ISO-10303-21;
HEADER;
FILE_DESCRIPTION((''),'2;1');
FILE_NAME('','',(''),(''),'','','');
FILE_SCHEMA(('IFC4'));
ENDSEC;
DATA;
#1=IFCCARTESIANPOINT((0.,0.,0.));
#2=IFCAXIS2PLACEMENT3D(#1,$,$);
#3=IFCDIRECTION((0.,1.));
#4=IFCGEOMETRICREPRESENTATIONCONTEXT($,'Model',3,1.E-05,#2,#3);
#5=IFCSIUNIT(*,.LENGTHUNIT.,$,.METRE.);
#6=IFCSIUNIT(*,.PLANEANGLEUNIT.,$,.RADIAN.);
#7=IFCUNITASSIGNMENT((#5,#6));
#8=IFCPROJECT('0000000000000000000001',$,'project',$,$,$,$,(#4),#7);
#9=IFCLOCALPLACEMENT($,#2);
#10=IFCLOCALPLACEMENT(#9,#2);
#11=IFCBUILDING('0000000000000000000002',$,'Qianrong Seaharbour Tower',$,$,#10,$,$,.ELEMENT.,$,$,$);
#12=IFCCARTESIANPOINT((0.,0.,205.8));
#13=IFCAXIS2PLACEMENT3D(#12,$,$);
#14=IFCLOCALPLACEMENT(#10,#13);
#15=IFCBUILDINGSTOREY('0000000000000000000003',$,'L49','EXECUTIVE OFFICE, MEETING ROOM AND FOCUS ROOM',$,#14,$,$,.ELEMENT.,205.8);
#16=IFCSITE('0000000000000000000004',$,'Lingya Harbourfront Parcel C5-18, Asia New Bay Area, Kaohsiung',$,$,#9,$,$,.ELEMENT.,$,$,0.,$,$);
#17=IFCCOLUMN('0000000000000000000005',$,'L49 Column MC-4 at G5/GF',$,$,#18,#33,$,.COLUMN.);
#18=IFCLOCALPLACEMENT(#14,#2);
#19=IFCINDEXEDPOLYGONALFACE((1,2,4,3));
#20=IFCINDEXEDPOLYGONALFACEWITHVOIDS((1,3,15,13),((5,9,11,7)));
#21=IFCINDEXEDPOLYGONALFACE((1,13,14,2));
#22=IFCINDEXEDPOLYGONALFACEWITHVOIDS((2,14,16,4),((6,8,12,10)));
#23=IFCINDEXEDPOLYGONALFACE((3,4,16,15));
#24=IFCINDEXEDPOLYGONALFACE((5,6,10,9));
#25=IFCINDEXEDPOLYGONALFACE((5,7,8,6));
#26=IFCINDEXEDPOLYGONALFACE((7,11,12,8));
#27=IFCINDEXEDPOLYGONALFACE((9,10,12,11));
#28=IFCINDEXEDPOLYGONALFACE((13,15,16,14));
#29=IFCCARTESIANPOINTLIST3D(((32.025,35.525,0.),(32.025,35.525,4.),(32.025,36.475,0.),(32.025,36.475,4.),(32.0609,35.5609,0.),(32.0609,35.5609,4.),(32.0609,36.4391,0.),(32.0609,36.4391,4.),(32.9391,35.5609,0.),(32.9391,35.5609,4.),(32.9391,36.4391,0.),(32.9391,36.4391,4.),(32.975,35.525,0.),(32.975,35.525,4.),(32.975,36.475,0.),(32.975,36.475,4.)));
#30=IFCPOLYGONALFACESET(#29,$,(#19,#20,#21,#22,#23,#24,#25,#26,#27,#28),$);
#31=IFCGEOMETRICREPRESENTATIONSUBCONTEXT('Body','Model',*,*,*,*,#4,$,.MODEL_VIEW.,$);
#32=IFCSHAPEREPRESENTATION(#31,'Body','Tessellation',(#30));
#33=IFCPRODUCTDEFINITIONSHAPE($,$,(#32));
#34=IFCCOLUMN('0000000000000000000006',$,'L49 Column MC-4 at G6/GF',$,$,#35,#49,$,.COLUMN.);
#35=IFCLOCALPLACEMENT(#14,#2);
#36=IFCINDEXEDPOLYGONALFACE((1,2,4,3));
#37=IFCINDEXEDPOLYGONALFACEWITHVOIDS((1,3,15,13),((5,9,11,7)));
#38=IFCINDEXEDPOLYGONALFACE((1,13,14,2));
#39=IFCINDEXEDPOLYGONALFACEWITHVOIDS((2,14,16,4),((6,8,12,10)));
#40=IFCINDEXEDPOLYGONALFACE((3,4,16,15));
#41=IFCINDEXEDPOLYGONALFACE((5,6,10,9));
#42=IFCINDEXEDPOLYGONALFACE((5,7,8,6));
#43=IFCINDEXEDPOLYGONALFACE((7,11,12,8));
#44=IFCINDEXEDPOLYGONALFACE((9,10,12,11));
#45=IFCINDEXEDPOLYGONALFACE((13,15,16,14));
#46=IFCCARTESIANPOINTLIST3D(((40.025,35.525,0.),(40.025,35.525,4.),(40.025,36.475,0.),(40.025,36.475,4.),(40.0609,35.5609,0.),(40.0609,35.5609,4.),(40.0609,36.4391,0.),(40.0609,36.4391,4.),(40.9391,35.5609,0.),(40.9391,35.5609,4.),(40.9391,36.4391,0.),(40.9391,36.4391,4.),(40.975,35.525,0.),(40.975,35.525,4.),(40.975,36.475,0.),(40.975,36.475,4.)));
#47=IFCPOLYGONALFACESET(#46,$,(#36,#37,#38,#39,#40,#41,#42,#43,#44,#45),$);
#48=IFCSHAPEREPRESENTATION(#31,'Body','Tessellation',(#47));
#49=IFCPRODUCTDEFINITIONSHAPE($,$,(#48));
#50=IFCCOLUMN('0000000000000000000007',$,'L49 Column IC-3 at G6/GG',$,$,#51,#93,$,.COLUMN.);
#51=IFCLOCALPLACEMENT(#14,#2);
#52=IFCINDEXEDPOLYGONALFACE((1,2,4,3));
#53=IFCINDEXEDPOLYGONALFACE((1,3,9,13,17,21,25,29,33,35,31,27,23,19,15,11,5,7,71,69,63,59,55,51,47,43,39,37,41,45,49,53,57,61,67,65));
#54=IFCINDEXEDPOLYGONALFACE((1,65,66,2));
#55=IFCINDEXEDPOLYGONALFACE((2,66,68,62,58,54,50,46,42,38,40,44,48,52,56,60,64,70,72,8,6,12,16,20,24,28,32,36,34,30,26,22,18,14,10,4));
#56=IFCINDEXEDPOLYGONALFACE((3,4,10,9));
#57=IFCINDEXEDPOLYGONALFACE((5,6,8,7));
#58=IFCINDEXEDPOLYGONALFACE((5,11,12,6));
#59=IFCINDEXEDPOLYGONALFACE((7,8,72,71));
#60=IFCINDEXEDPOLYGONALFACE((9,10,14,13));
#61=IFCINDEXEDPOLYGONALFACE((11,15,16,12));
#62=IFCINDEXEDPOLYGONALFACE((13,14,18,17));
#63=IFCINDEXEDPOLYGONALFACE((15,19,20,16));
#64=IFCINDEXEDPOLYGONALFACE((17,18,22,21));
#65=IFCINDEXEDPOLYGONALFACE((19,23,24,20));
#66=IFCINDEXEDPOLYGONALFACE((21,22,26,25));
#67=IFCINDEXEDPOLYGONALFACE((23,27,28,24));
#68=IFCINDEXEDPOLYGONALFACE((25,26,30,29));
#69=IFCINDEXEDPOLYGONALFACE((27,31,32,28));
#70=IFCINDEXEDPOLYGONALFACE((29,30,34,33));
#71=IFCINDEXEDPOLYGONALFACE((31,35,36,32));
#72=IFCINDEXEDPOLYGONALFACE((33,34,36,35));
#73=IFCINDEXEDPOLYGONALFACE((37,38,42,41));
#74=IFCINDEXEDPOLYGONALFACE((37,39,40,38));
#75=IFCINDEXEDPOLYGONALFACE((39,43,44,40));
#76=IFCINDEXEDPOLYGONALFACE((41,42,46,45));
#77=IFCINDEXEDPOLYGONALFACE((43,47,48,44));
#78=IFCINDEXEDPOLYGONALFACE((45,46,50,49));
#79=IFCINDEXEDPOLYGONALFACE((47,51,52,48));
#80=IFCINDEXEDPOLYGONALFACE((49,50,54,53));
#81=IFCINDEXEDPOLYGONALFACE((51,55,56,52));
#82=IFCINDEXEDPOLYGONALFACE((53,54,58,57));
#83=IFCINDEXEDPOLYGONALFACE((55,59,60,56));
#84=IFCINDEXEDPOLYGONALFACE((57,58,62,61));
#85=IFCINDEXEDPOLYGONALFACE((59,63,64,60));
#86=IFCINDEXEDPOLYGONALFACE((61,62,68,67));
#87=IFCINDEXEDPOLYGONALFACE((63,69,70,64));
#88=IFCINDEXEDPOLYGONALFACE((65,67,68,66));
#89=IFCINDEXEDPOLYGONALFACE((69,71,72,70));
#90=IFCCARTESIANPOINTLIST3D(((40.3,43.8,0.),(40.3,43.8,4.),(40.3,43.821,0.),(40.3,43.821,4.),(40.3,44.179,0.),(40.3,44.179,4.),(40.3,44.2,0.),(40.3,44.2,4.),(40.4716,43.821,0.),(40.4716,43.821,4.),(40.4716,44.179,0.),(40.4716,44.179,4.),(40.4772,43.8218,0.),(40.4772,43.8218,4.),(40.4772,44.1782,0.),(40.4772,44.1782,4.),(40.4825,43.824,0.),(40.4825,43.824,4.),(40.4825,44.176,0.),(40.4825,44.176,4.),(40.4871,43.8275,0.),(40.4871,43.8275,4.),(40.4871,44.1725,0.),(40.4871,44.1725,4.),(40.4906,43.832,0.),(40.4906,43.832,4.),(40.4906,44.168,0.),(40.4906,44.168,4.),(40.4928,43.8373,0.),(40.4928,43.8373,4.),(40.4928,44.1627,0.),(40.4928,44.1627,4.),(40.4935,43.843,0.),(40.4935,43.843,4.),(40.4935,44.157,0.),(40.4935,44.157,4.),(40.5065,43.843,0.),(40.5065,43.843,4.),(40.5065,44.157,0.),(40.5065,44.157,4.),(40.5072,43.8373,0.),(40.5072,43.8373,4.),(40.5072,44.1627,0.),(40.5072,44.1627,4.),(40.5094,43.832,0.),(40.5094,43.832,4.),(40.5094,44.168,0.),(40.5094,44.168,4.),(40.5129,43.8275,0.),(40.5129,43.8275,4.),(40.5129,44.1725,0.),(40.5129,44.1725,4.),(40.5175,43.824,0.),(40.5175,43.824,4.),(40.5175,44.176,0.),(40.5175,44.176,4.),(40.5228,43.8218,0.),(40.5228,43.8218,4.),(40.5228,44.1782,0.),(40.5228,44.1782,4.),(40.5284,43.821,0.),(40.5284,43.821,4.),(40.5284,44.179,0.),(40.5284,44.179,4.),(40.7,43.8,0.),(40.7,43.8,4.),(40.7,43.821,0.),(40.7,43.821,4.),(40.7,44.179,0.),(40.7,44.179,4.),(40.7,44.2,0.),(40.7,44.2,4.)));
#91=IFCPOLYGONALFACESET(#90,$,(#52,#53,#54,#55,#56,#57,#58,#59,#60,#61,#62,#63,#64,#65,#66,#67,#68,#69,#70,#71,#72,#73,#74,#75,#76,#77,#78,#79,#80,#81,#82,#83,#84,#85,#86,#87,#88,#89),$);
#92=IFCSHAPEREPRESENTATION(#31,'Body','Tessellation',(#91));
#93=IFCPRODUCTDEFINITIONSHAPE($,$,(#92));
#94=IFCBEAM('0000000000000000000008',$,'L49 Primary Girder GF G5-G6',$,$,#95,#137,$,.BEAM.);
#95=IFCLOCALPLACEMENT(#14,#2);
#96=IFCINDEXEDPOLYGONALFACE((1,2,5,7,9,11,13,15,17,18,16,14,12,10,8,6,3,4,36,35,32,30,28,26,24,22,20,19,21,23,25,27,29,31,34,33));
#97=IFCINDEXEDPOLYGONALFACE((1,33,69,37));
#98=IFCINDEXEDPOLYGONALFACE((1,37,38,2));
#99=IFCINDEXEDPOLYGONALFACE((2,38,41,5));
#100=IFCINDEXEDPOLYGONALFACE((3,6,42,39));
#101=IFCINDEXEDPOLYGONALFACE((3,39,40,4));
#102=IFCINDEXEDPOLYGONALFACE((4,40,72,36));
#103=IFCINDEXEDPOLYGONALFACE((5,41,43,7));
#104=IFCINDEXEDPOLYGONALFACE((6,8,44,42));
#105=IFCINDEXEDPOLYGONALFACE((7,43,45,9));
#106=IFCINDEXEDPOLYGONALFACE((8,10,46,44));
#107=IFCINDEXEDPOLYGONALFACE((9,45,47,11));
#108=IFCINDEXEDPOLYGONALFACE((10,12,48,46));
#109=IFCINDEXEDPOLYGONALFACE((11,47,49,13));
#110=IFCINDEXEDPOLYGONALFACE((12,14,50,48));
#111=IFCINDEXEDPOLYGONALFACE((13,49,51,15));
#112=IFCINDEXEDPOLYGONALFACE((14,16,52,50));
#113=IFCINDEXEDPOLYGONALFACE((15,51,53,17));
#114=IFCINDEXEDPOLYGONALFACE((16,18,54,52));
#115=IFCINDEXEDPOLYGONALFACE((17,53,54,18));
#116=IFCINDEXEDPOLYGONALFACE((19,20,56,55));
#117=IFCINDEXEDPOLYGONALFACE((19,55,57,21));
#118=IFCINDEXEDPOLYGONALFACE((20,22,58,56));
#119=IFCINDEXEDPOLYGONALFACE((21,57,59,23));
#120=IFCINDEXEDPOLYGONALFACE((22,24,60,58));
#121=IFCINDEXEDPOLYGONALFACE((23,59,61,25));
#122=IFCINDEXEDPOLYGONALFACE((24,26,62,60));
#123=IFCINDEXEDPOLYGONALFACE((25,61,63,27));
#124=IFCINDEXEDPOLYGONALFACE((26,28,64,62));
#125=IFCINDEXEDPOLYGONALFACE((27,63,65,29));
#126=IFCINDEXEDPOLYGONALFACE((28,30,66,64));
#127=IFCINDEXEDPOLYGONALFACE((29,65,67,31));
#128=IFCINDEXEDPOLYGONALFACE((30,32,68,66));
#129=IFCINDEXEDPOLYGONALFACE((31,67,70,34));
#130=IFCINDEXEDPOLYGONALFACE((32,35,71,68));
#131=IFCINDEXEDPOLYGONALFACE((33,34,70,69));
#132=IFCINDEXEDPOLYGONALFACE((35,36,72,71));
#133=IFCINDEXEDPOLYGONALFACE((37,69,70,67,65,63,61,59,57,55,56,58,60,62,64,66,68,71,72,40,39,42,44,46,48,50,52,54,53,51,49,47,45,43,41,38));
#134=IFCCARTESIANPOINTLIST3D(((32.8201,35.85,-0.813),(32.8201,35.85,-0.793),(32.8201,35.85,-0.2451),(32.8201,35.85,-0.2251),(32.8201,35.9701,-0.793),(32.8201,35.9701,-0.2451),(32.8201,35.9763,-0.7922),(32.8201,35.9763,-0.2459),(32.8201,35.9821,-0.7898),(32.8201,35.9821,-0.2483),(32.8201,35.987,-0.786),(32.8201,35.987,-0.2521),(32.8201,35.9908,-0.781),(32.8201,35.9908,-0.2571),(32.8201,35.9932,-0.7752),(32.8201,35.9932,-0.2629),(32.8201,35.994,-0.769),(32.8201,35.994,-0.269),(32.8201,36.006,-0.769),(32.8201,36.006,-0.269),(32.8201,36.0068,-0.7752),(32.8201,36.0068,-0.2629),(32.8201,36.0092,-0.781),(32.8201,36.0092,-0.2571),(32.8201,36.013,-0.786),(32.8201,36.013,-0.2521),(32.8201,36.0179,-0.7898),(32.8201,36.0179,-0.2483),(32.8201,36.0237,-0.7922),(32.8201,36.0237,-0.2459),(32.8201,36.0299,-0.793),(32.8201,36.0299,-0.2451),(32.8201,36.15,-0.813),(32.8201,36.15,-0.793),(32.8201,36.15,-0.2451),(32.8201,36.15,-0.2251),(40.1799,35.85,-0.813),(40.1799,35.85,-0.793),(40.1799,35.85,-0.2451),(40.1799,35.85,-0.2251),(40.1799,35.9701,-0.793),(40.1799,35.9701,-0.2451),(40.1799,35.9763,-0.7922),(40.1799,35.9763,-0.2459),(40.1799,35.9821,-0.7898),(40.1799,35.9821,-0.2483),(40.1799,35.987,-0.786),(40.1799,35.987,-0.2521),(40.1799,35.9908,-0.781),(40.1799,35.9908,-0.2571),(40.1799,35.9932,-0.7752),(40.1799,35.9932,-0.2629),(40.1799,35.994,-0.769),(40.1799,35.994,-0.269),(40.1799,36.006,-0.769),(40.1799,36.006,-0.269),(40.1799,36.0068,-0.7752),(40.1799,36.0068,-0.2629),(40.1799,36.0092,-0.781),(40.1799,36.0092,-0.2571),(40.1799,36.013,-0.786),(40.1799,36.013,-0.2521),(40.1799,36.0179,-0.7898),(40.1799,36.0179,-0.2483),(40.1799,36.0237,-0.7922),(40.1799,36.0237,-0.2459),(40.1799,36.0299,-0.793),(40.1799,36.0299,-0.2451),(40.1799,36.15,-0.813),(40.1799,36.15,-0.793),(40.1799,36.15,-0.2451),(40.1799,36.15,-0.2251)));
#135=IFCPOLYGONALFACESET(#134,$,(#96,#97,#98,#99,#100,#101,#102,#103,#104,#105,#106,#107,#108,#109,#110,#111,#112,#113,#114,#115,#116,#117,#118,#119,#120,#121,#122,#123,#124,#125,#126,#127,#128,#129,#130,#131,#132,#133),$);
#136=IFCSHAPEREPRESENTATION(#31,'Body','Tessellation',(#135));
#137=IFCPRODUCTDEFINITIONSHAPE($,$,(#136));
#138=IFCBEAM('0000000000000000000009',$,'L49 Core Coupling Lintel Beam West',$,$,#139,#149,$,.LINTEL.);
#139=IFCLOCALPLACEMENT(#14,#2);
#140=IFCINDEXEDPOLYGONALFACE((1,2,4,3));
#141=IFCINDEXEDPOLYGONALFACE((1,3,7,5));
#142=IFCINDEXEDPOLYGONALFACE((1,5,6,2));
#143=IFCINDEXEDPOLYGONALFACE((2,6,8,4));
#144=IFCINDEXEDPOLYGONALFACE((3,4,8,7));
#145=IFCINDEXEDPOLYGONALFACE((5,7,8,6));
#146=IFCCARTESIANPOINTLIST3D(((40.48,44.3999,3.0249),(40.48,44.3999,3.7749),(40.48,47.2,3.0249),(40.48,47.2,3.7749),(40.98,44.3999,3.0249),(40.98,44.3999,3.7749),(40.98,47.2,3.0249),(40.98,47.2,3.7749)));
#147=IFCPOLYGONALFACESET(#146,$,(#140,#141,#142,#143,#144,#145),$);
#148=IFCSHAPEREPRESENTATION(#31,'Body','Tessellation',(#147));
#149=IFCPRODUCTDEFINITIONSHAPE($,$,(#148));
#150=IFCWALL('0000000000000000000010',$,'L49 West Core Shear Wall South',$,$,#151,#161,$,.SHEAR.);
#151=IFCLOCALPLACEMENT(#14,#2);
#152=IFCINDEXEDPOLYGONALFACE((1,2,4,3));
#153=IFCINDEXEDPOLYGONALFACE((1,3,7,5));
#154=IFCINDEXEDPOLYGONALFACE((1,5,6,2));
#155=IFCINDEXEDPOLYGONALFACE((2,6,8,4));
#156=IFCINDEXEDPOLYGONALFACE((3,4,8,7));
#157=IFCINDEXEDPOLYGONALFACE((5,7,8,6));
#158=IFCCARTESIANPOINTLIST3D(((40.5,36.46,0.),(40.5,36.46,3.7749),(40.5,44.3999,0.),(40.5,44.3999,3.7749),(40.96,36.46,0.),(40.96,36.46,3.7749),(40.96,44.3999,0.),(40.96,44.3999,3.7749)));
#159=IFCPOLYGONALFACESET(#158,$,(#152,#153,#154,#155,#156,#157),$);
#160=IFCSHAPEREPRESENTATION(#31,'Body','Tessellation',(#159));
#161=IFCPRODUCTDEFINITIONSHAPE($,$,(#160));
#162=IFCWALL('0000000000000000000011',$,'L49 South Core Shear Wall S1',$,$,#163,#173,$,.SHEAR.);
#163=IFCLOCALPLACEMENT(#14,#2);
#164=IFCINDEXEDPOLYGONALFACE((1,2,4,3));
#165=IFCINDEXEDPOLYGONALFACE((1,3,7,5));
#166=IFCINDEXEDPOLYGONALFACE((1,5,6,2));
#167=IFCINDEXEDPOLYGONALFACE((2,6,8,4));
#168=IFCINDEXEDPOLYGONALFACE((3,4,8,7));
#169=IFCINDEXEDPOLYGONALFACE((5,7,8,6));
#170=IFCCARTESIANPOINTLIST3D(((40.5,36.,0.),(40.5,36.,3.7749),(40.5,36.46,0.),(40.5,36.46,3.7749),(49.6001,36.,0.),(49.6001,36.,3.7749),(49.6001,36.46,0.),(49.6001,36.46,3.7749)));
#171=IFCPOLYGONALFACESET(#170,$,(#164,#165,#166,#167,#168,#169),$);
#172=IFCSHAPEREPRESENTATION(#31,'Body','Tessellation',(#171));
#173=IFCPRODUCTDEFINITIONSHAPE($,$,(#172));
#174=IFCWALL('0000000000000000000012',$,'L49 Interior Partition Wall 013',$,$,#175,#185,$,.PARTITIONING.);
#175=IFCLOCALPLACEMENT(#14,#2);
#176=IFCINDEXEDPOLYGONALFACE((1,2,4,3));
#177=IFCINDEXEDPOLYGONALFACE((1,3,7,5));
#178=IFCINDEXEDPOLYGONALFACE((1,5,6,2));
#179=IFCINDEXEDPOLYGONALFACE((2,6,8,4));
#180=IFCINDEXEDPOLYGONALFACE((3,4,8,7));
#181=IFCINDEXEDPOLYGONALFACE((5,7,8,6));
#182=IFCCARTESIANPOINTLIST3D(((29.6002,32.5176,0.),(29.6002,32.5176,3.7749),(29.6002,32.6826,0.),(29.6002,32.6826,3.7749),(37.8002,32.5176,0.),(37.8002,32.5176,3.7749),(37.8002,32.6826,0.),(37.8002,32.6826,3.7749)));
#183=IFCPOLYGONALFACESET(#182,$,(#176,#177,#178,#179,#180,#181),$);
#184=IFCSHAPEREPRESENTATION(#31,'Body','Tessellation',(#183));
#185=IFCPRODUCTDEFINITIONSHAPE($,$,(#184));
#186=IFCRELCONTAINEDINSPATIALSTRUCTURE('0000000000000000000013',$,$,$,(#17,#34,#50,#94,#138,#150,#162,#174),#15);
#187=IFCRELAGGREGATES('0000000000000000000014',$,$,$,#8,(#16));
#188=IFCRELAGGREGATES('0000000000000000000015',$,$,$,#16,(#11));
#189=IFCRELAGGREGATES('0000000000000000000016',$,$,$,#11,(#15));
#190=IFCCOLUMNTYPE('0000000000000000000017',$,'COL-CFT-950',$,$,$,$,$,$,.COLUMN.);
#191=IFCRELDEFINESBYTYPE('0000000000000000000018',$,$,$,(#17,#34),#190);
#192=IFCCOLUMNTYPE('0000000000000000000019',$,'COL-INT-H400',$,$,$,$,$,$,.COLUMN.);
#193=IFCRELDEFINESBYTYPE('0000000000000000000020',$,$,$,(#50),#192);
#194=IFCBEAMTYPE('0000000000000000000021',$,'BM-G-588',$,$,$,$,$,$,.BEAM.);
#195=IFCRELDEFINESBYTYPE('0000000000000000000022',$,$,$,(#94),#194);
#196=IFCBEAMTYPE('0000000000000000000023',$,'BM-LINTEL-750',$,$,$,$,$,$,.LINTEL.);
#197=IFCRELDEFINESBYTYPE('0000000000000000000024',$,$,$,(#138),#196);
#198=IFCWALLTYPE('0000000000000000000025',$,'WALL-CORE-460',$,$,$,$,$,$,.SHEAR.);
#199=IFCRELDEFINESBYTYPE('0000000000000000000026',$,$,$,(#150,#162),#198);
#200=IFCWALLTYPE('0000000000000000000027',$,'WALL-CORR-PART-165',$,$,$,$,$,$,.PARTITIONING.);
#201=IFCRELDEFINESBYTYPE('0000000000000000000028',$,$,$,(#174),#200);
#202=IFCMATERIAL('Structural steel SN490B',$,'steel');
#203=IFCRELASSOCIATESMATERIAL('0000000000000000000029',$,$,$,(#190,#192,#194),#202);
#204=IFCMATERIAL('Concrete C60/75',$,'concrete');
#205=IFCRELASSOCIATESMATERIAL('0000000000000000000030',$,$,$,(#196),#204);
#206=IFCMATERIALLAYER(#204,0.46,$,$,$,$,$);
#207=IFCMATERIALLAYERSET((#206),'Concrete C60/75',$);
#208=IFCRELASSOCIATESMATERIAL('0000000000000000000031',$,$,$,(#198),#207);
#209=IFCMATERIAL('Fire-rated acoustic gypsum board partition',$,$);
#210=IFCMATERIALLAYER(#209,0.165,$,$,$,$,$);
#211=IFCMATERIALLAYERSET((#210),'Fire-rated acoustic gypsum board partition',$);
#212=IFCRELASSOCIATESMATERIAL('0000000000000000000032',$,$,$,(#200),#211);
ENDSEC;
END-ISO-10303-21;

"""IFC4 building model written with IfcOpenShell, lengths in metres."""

from ifc_helpers import new_model, si_unit, direction, frame, frame_2d, origin, origin_2d, place, context, subcontext, project, spatial, rectangle, hollow_rectangle, i_section, extrude, material, layer, layer_set, material_profile, profile_set, type_object, element, save


model = new_model("IFC4")

# Units and contexts
model_context = context("Model", 3, precision=1e-05, world=origin(), true_north=direction((0.0, 1.0)))
body_context = subcontext(model_context, "Body", "Model", "MODEL_VIEW")
ifc_project = project(units=[si_unit("LENGTHUNIT", "METRE"), si_unit("PLANEANGLEUNIT", "RADIAN")], contexts=[model_context])

# Site, building, storey
site_placement = place(None, origin())
site = spatial("IfcSite", under=ifc_project, at=site_placement, Name="Lingya Harbourfront Parcel C5-18, Asia New Bay Area, Kaohsiung", CompositionType="ELEMENT", RefElevation=0.0)
building_placement = place(site_placement, origin())
building = spatial("IfcBuilding", under=site, at=building_placement, Name="Qianrong Seaharbour Tower", CompositionType="ELEMENT")
storey_placement = place(building_placement, frame((0.0, 0.0, 205.8)))
storey = spatial("IfcBuildingStorey", under=building, at=storey_placement, Name="L49", Description="EXECUTIVE OFFICE, MEETING ROOM AND FOCUS ROOM", CompositionType="ELEMENT", Elevation=205.8)

# Columns
ifc_material_1 = material(Name="Structural steel SN490B", Category="steel")
ifc_material_profile_1 = material_profile(ifc_material_1, hollow_rectangle(XDim=0.95, YDim=0.95, WallThickness=0.0359, at=origin_2d()), Name="BOX950x950x36")
ifc_profile_set_1 = profile_set([ifc_material_profile_1], Name="Structural steel SN490B")
column_type_1 = type_object("IfcColumnType", Name="COL-CFT-950", PredefinedType="COLUMN", material=ifc_profile_set_1)
for number, where, z_axis, x_axis, name in (
    (1, (32.5, 36.0, 0.0), (0.0, 0.0, 1.0), (1.0, 0.0, 0.0), "L49 Column MC-4 at G5/GF"),
    (2, (40.5, 36.0, 0.0), (0.0, 0.0, 1.0), (1.0, 0.0, 0.0), "L49 Column MC-4 at G6/GF"),
):
    element("IfcColumn", number, at=place(storey_placement, frame(where, z_axis=z_axis, x_axis=x_axis)), inside=storey, type_object=column_type_1, Name=name, PredefinedType="COLUMN", context=body_context, shape_type="SweptSolid", body=[
        extrude(hollow_rectangle(XDim=0.95, YDim=0.95, WallThickness=0.0359, at=origin_2d()), origin(), (0.0, 0.0, 1.0), 4.0),
    ])
ifc_material_profile_2 = material_profile(ifc_material_1, i_section(OverallWidth=0.3999, OverallDepth=0.3999, WebThickness=0.0129, FlangeThickness=0.021, FilletRadius=0.022, at=origin_2d()), Name="H400x400x13x21")
ifc_profile_set_2 = profile_set([ifc_material_profile_2], Name="Structural steel SN490B")
column_type_2 = type_object("IfcColumnType", Name="COL-INT-H400", PredefinedType="COLUMN", material=ifc_profile_set_2)
column_placement = place(storey_placement, frame((40.5, 44.0, 0.0), z_axis=(0.0, 0.0, 1.0), x_axis=(1.0, 0.0, 0.0)))
element("IfcColumn", 3, at=column_placement, inside=storey, type_object=column_type_2, Name="L49 Column IC-3 at G6/GG", PredefinedType="COLUMN", context=body_context, shape_type="SweptSolid", body=[
    extrude(i_section(OverallWidth=0.3999, OverallDepth=0.3999, WebThickness=0.0129, FlangeThickness=0.021, FilletRadius=0.022, at=origin_2d()), origin(), (0.0, 0.0, 1.0), 4.0),
])

# Beams
ifc_material_profile_3 = material_profile(ifc_material_1, i_section(OverallWidth=0.3, OverallDepth=0.5879, WebThickness=0.012, FlangeThickness=0.02, FilletRadius=0.0239, at=origin_2d()), Name="H588x300x12x20")
ifc_profile_set_3 = profile_set([ifc_material_profile_3], Name="Structural steel SN490B")
beam_type_1 = type_object("IfcBeamType", Name="BM-G-588", PredefinedType="BEAM", material=ifc_profile_set_3)
beam_1_placement = place(storey_placement, frame((32.8201, 36.0, -0.519), z_axis=(1.0, 0.0, 0.0), x_axis=(0.0, 1.0, 0.0)))
element("IfcBeam", 4, at=beam_1_placement, inside=storey, type_object=beam_type_1, Name="L49 Primary Girder GF G5-G6", PredefinedType="BEAM", context=body_context, shape_type="SweptSolid", body=[
    extrude(i_section(OverallWidth=0.3, OverallDepth=0.5879, WebThickness=0.012, FlangeThickness=0.02, FilletRadius=0.0239, at=origin_2d()), origin(), (0.0, 0.0, 1.0), 7.3599),
])
ifc_material_2 = material(Name="Concrete C60/75", Category="concrete")
ifc_material_profile_4 = material_profile(ifc_material_2, rectangle(XDim=0.5, YDim=0.75, at=origin_2d()), Name="RC500x750")
ifc_profile_set_4 = profile_set([ifc_material_profile_4], Name="Concrete C60/75")
beam_type_2 = type_object("IfcBeamType", Name="BM-LINTEL-750", PredefinedType="LINTEL", material=ifc_profile_set_4)
beam_2_placement = place(storey_placement, frame((40.73, 44.3999, 3.3999), z_axis=(0.0, 1.0, 0.0), x_axis=(-1.0, 0.0, 0.0)))
element("IfcBeam", 5, at=beam_2_placement, inside=storey, type_object=beam_type_2, Name="L49 Core Coupling Lintel Beam West", PredefinedType="LINTEL", context=body_context, shape_type="SweptSolid", body=[
    extrude(rectangle(XDim=0.5, YDim=0.75, at=origin_2d()), origin(), (0.0, 0.0, 1.0), 2.8),
])

# Walls
ifc_layer_1 = layer(ifc_material_2, 0.46)
ifc_layer_set_1 = layer_set([ifc_layer_1], Name="Concrete C60/75")
wall_type_1 = type_object("IfcWallType", Name="WALL-CORE-460", PredefinedType="SHEAR", material=ifc_layer_set_1)
wall_1_placement = place(storey_placement, frame((40.73, 36.46, 0.0), z_axis=(0.0, 0.0, 1.0), x_axis=(0.0, 1.0, 0.0)))
element("IfcWall", 6, at=wall_1_placement, inside=storey, type_object=wall_type_1, Name="L49 West Core Shear Wall South", PredefinedType="SHEAR", context=body_context, shape_type="SweptSolid", body=[
    extrude(rectangle(XDim=7.9399, YDim=0.46, at=frame_2d((3.97, 0.0))), origin(), (0.0, 0.0, 1.0), 3.7749),
])
wall_2_placement = place(storey_placement, frame((40.5, 36.23, 0.0), z_axis=(0.0, 0.0, 1.0), x_axis=(1.0, 0.0, 0.0)))
element("IfcWall", 7, at=wall_2_placement, inside=storey, type_object=wall_type_1, Name="L49 South Core Shear Wall S1", PredefinedType="SHEAR", context=body_context, shape_type="SweptSolid", body=[
    extrude(rectangle(XDim=9.1001, YDim=0.46, at=frame_2d((4.55, 0.0))), origin(), (0.0, 0.0, 1.0), 3.7749),
])

# Shared definitions
ifc_material_3 = material(Name="Fire-rated acoustic gypsum board partition")
ifc_layer_2 = layer(ifc_material_3, 0.165)
ifc_layer_set_2 = layer_set([ifc_layer_2], Name="Fire-rated acoustic gypsum board partition")
wall_type_2 = type_object("IfcWallType", Name="WALL-CORR-PART-165", PredefinedType="PARTITIONING", material=ifc_layer_set_2)

# Wall
wall_3_placement = place(storey_placement, frame((29.6001, 32.6001, 0.0), z_axis=(0.0, 0.0, 1.0), x_axis=(1.0, 0.0, 0.0)))
element("IfcWall", 8, at=wall_3_placement, inside=storey, type_object=wall_type_2, Name="L49 Interior Partition Wall 013", PredefinedType="PARTITIONING", context=body_context, shape_type="SweptSolid", body=[
    extrude(rectangle(XDim=8.2, YDim=0.165, at=frame_2d((4.1001, 0.0))), origin(), (0.0, 0.0, 1.0), 3.7749),
])

save(model, "model.ifc")
